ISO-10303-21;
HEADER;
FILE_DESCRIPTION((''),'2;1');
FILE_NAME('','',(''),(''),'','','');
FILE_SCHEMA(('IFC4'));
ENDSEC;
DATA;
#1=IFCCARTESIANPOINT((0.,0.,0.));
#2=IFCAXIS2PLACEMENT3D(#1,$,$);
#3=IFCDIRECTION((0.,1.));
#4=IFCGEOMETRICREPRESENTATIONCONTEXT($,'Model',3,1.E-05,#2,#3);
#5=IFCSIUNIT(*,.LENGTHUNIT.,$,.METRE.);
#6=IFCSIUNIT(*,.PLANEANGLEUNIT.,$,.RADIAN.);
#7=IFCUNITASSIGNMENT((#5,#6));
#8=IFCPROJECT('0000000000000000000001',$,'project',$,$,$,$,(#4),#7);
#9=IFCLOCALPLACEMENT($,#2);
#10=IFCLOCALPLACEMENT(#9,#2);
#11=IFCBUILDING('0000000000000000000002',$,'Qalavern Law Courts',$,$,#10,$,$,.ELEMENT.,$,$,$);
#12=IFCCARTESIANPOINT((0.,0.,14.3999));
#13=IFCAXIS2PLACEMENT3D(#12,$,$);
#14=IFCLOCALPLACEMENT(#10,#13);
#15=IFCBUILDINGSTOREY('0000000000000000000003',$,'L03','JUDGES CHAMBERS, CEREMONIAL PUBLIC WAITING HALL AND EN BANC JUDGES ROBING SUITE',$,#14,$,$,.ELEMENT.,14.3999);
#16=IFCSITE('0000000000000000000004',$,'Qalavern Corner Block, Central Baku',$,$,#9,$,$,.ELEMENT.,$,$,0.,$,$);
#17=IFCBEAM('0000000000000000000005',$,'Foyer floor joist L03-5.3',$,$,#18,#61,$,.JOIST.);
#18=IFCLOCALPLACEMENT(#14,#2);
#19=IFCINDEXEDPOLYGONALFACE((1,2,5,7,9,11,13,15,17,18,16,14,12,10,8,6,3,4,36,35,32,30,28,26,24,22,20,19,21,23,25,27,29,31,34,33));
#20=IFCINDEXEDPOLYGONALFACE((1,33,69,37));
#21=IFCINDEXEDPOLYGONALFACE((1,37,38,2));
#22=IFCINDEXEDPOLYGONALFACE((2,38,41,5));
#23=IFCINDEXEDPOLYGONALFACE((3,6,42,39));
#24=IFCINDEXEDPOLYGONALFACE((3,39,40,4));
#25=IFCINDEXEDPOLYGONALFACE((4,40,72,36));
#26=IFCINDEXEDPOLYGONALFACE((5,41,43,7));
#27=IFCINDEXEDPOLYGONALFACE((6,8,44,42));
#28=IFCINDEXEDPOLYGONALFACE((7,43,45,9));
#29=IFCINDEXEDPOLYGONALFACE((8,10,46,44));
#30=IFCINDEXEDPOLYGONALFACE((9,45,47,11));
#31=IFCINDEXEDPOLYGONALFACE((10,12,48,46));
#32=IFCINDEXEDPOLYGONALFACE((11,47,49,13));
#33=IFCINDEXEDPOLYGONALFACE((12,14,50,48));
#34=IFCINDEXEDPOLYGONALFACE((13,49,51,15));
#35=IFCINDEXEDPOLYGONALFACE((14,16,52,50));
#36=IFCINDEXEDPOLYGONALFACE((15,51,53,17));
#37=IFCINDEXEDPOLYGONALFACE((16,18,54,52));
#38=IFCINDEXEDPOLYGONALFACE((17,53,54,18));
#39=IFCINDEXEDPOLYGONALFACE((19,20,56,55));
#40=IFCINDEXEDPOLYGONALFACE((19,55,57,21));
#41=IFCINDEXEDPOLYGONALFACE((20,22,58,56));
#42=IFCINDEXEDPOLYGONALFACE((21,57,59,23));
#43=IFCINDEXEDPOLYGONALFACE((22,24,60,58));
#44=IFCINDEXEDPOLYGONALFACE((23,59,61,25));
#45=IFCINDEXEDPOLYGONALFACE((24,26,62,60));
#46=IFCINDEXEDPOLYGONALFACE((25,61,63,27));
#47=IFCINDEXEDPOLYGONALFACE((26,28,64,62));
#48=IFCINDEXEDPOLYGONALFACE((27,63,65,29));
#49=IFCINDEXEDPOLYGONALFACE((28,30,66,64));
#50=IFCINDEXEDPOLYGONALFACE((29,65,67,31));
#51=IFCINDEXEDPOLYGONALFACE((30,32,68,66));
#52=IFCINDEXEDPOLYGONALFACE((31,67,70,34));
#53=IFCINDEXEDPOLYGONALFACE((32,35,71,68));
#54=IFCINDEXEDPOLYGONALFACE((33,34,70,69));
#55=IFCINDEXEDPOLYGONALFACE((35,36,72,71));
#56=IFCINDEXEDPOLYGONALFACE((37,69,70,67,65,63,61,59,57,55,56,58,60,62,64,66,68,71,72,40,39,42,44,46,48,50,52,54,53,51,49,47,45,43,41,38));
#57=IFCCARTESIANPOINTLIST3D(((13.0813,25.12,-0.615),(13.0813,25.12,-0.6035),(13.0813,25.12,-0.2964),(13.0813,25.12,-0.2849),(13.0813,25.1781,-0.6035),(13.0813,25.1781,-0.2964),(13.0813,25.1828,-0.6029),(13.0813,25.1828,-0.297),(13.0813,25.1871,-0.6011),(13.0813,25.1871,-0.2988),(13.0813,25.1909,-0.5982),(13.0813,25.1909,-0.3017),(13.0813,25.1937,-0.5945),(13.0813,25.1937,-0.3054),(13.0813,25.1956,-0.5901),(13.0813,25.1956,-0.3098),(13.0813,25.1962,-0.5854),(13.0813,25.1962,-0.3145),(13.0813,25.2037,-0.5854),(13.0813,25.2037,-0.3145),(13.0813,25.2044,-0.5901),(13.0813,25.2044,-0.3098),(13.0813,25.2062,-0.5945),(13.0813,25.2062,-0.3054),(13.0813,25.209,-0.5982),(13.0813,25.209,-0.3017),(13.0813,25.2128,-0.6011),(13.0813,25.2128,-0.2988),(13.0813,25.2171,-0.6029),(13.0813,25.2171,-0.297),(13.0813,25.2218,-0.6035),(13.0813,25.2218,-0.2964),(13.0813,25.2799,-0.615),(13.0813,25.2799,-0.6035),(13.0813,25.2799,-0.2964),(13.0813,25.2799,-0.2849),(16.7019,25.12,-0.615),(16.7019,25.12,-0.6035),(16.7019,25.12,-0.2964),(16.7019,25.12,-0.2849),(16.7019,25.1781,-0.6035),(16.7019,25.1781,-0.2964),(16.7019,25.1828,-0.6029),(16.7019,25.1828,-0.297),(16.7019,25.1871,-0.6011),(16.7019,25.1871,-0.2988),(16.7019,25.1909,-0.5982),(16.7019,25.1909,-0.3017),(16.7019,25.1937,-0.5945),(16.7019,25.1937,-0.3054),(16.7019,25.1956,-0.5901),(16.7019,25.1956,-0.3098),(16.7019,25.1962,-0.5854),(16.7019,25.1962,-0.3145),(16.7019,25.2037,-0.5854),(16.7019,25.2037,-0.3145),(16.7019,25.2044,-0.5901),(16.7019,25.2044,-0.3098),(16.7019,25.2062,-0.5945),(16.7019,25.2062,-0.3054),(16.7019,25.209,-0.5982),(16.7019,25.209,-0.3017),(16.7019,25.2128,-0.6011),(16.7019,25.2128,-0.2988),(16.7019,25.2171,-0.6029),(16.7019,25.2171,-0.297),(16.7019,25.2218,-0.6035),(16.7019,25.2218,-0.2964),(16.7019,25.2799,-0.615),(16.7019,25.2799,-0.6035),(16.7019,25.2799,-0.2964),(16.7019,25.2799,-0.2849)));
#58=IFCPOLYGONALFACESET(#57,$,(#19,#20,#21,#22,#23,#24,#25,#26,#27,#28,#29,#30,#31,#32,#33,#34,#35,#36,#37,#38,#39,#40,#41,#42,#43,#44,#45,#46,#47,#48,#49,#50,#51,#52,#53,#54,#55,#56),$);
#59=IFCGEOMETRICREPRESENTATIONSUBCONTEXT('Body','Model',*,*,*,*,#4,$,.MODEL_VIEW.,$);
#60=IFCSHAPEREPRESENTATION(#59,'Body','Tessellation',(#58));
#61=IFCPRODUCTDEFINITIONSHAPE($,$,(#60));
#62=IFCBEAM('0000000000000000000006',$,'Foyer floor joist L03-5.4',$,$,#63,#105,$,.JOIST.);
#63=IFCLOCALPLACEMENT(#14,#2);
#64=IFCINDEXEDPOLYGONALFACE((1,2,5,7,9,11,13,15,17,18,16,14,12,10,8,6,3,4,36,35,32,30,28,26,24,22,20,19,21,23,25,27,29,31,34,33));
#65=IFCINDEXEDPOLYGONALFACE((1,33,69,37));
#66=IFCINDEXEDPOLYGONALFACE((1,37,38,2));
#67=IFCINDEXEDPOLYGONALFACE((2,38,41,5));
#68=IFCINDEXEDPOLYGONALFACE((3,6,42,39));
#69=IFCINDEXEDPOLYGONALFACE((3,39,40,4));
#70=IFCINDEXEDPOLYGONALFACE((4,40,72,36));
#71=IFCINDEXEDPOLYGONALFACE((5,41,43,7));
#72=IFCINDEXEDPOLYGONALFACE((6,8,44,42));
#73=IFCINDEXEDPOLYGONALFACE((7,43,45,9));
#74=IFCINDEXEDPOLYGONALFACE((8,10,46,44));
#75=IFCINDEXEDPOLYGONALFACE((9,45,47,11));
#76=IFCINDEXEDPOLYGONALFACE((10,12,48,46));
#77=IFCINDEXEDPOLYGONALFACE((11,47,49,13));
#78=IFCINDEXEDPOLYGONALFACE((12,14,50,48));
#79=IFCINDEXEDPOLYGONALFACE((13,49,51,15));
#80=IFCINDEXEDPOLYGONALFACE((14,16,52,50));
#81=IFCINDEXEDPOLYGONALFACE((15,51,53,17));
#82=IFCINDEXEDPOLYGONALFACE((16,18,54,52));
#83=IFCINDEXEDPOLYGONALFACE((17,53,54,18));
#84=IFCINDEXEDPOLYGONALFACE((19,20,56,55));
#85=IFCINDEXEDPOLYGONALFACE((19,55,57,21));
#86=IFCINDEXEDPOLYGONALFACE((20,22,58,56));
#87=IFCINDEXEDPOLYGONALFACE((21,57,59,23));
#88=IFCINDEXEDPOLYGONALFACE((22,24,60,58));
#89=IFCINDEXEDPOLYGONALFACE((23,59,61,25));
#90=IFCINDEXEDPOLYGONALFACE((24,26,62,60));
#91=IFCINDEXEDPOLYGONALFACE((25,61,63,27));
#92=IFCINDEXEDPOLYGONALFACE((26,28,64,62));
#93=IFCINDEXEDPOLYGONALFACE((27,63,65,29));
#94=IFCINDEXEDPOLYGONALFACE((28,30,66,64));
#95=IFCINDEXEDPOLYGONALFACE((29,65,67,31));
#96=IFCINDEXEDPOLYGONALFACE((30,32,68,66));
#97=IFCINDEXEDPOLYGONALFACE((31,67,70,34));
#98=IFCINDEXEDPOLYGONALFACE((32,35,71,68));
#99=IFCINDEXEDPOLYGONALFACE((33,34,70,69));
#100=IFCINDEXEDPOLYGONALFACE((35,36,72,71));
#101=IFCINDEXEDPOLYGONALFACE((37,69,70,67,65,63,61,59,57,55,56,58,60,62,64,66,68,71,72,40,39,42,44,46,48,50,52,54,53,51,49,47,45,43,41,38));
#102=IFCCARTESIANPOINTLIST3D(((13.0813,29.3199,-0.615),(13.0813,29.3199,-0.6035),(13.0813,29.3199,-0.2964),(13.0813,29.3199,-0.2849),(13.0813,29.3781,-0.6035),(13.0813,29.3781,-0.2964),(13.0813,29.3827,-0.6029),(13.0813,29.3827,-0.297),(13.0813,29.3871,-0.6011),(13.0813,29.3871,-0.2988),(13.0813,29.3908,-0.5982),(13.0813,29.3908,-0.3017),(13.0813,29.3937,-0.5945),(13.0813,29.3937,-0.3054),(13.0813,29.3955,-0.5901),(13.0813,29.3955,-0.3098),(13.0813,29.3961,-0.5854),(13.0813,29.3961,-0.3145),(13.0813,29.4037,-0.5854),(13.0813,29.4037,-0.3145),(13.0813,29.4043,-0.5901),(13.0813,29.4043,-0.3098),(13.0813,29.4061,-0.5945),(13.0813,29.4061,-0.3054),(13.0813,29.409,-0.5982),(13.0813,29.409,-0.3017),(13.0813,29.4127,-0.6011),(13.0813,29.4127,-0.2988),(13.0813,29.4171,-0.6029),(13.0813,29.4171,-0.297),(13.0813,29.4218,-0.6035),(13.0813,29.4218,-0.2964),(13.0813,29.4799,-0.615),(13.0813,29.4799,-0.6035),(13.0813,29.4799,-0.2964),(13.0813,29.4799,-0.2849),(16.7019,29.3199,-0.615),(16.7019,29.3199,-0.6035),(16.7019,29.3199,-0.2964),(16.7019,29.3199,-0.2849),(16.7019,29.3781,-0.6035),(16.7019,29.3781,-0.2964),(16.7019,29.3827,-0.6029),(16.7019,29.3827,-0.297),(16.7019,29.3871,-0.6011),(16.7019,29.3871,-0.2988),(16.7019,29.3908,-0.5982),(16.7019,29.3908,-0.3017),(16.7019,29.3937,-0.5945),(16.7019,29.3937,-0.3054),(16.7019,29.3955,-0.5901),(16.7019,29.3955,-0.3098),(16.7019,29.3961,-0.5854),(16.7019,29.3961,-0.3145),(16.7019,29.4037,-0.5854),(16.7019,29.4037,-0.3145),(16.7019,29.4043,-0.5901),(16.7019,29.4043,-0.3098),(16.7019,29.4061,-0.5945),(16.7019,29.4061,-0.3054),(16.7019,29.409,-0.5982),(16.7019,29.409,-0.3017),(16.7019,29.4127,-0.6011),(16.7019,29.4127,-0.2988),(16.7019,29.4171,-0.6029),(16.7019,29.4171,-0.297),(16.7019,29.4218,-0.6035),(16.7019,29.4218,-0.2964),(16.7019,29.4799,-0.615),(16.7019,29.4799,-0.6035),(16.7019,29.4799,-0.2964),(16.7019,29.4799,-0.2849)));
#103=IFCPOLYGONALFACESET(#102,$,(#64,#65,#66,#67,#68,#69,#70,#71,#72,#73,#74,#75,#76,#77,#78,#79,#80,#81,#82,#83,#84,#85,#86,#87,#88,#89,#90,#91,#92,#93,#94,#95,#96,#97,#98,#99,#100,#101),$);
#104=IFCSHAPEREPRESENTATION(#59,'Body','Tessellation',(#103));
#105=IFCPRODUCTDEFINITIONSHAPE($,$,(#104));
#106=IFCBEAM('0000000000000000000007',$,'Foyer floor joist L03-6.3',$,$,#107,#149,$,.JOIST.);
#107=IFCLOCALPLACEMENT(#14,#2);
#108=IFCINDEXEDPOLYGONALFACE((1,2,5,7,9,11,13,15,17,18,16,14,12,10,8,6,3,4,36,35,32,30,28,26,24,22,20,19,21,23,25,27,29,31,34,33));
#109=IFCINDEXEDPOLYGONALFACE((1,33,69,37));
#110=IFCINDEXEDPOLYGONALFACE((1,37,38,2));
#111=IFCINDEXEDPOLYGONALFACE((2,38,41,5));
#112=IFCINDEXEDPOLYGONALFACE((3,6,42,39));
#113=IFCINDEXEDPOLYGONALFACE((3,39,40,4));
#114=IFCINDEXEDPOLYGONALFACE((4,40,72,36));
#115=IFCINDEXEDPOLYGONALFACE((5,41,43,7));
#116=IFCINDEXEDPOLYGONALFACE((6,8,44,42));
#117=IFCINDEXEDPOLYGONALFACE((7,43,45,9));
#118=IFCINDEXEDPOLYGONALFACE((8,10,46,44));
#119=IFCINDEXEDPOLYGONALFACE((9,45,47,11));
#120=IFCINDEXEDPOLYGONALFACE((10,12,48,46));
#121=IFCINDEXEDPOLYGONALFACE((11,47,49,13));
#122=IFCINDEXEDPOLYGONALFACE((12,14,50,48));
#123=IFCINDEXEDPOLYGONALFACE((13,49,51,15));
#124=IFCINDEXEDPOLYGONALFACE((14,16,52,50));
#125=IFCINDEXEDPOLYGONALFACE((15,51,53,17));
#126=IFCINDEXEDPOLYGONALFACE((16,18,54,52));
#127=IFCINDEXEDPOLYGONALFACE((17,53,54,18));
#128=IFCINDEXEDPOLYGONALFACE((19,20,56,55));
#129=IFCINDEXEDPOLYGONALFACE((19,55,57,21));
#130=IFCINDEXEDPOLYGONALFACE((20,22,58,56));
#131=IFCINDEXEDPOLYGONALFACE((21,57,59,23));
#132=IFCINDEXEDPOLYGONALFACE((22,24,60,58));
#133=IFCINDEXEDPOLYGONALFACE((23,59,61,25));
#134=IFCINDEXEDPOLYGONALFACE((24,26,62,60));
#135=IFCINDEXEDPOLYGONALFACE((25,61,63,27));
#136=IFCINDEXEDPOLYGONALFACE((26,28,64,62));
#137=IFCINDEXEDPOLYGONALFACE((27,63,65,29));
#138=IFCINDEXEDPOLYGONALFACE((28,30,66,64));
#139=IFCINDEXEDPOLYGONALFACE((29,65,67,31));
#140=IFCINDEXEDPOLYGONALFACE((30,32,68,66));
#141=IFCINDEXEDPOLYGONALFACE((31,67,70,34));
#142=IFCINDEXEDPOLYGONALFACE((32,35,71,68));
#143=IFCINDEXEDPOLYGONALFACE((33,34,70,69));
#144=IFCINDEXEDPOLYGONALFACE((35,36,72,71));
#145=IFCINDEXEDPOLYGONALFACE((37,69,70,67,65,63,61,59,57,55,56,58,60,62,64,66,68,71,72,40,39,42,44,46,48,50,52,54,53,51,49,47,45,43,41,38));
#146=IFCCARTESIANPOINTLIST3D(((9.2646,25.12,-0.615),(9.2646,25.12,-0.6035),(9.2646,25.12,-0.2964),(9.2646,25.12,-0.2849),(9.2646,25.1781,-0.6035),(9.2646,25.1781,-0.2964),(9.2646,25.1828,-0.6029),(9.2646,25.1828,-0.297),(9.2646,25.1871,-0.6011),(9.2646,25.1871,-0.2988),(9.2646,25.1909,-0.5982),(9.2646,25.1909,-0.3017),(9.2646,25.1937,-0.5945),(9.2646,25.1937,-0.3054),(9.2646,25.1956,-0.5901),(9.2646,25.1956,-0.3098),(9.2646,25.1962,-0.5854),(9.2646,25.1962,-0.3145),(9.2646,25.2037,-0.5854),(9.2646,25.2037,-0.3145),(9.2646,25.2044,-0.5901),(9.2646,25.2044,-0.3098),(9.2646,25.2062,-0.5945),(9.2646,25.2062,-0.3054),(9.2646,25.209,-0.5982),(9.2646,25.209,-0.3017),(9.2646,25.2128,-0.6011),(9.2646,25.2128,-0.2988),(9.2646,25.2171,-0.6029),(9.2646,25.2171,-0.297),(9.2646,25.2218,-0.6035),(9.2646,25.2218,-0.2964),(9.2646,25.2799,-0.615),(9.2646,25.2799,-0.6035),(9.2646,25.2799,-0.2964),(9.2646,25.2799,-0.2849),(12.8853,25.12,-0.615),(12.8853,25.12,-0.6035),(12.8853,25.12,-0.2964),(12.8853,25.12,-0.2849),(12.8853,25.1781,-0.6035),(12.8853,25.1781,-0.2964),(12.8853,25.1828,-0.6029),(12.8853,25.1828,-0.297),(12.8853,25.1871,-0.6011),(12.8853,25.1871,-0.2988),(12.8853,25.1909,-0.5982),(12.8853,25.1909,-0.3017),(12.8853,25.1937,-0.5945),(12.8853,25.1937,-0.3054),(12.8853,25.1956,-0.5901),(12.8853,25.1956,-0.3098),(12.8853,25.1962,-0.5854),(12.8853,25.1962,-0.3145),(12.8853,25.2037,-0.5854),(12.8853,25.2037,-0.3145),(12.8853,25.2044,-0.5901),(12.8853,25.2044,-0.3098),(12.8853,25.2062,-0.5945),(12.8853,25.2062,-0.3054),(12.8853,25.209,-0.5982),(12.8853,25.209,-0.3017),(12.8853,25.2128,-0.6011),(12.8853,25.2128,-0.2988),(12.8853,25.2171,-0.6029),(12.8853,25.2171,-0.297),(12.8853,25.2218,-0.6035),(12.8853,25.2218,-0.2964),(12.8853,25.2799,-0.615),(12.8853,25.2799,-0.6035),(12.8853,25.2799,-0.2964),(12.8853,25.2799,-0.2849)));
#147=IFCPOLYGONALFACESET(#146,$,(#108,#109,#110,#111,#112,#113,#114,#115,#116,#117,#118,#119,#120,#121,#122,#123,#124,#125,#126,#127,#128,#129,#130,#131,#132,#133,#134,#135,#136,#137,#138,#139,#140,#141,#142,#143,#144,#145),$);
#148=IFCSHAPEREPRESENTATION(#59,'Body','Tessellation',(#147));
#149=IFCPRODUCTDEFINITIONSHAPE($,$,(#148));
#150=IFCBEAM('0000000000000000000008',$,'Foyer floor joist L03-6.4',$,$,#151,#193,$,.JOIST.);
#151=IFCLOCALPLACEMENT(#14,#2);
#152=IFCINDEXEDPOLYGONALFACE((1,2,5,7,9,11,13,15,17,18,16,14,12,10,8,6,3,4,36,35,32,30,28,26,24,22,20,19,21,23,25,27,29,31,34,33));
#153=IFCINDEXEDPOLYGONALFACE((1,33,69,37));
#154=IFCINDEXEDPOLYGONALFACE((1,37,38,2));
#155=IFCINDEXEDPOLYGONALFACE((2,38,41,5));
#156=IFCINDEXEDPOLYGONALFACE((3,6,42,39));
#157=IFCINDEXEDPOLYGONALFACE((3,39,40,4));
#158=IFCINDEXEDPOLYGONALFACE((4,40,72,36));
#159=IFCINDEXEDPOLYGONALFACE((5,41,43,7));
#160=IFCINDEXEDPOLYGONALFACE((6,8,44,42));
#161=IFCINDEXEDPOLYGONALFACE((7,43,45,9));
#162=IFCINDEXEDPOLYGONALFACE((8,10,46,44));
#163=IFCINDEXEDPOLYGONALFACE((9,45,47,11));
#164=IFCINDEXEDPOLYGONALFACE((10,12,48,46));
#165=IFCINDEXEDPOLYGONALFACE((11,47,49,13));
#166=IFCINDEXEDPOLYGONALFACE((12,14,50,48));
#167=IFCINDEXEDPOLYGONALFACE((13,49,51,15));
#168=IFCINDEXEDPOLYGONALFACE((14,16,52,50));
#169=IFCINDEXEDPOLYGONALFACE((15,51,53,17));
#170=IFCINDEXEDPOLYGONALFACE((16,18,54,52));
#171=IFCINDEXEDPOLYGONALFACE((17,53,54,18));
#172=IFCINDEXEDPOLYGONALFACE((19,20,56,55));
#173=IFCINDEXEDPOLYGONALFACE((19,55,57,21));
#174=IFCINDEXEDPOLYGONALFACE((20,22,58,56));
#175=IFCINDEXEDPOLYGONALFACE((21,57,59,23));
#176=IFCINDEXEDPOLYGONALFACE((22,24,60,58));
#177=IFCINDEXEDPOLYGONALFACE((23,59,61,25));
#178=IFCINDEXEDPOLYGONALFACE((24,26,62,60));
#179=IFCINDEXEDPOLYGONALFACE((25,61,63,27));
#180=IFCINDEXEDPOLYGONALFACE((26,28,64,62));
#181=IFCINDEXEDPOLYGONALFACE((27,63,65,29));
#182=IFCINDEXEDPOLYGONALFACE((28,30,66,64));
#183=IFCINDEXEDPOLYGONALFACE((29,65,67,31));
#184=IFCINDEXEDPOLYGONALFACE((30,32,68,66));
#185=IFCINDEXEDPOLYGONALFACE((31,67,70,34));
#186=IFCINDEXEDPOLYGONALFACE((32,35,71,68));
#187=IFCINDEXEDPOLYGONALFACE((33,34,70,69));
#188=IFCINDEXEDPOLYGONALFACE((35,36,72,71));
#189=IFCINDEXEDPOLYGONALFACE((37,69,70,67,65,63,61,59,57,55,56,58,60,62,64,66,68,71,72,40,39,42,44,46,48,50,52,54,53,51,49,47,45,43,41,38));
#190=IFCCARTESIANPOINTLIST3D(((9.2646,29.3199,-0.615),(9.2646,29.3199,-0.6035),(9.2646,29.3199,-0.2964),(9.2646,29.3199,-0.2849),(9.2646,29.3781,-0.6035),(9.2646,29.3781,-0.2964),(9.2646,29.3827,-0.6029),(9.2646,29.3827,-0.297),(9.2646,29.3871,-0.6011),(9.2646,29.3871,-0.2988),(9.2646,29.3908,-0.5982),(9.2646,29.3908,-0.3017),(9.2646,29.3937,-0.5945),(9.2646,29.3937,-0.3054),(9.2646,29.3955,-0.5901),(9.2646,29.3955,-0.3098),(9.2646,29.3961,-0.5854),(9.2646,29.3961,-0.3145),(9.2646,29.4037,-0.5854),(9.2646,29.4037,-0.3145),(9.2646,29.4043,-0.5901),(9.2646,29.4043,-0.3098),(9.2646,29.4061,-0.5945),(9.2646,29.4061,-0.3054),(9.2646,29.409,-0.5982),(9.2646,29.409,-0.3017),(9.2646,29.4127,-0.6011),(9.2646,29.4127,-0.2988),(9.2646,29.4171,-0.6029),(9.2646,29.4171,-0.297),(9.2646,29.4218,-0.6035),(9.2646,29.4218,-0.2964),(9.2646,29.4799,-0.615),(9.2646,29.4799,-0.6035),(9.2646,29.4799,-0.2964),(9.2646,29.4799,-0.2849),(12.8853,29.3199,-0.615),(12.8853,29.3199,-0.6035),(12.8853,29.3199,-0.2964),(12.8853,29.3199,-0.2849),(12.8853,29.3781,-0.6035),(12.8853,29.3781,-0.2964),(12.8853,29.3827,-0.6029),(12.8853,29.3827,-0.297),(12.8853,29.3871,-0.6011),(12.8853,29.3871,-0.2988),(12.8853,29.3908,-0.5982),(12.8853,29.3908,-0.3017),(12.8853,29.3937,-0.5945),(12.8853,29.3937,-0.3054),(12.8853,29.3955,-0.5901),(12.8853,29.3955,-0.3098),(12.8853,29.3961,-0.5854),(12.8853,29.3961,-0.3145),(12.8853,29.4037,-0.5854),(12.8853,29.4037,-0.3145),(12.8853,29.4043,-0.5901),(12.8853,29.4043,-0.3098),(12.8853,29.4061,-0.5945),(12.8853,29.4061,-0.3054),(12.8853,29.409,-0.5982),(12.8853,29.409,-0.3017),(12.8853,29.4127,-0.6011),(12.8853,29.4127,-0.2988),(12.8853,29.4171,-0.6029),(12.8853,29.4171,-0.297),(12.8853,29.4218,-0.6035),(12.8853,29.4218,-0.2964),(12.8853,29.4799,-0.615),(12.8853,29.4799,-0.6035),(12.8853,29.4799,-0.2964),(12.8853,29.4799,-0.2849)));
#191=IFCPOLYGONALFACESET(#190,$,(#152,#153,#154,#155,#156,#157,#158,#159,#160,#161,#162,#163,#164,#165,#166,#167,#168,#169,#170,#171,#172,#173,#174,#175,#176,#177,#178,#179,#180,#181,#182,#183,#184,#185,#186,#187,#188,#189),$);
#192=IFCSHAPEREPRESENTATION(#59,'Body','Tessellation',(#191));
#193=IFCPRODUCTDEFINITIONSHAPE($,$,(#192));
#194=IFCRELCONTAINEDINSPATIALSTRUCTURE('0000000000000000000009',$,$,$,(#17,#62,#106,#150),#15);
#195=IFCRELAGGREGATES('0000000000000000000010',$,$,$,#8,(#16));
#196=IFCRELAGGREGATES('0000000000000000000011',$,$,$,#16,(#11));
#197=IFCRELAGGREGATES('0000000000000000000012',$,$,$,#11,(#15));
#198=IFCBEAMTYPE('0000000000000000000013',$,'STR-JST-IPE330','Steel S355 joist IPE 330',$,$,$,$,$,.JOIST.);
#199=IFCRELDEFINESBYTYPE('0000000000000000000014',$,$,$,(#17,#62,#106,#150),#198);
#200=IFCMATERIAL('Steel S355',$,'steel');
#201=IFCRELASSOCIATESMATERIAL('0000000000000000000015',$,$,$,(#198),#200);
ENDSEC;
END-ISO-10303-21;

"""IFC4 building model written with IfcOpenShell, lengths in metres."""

from ifc_helpers import new_model, si_unit, direction, frame, origin, origin_2d, place, context, subcontext, project, spatial, i_section, extrude, material, material_profile, profile_set, type_object, element, save


model = new_model("IFC4")

# Units and contexts
model_context = context("Model", 3, precision=1e-05, world=origin(), true_north=direction((0.0, 1.0)))
body_context = subcontext(model_context, "Body", "Model", "MODEL_VIEW")
ifc_project = project(units=[si_unit("LENGTHUNIT", "METRE"), si_unit("PLANEANGLEUNIT", "RADIAN")], contexts=[model_context])

# Site, building, storey
site_placement = place(None, origin())
site = spatial("IfcSite", under=ifc_project, at=site_placement, Name="Qalavern Corner Block, Central Baku", CompositionType="ELEMENT", RefElevation=0.0)
building_placement = place(site_placement, origin())
building = spatial("IfcBuilding", under=site, at=building_placement, Name="Qalavern Law Courts", CompositionType="ELEMENT")
storey_placement = place(building_placement, frame((0.0, 0.0, 14.3999)))
storey = spatial("IfcBuildingStorey", under=building, at=storey_placement, Name="L03", Description="JUDGES CHAMBERS, CEREMONIAL PUBLIC WAITING HALL AND EN BANC JUDGES ROBING SUITE", CompositionType="ELEMENT", Elevation=14.3999)

# Shared definitions
ifc_material_1 = material(Name="Steel S355", Category="steel")

# Beams
ifc_material_profile_1 = material_profile(ifc_material_1, i_section(OverallWidth=0.1599, OverallDepth=0.3301, WebThickness=0.0076, FlangeThickness=0.0115, FilletRadius=0.0181, at=origin_2d()), Name="IPE 330")
ifc_profile_set_1 = profile_set([ifc_material_profile_1], Name="Steel S355")
beam_type_1 = type_object("IfcBeamType", Name="STR-JST-IPE330", Description="Steel S355 joist IPE 330", PredefinedType="JOIST", material=ifc_profile_set_1)
for number, where, z_axis, x_axis, name in (
    (1, (13.0813, 25.2, -0.45), (1.0, 0.0, 0.0), (0.0, 1.0, 0.0), "Foyer floor joist L03-5.3"),
    (2, (13.0813, 29.3999, -0.45), (1.0, 0.0, 0.0), (0.0, 1.0, 0.0), "Foyer floor joist L03-5.4"),
    (3, (9.2646, 25.2, -0.45), (1.0, 0.0, 0.0), (0.0, 1.0, 0.0), "Foyer floor joist L03-6.3"),
    (4, (9.2646, 29.3999, -0.45), (1.0, 0.0, 0.0), (0.0, 1.0, 0.0), "Foyer floor joist L03-6.4"),
):
    element("IfcBeam", number, at=place(storey_placement, frame(where, z_axis=z_axis, x_axis=x_axis)), inside=storey, type_object=beam_type_1, Name=name, PredefinedType="JOIST", context=body_context, shape_type="SweptSolid", body=[
        extrude(i_section(OverallWidth=0.1599, OverallDepth=0.3301, WebThickness=0.0076, FlangeThickness=0.0115, FilletRadius=0.0181, at=origin_2d()), origin(), (0.0, 0.0, 1.0), 3.6206),
    ])

save(model, "model.ifc")
